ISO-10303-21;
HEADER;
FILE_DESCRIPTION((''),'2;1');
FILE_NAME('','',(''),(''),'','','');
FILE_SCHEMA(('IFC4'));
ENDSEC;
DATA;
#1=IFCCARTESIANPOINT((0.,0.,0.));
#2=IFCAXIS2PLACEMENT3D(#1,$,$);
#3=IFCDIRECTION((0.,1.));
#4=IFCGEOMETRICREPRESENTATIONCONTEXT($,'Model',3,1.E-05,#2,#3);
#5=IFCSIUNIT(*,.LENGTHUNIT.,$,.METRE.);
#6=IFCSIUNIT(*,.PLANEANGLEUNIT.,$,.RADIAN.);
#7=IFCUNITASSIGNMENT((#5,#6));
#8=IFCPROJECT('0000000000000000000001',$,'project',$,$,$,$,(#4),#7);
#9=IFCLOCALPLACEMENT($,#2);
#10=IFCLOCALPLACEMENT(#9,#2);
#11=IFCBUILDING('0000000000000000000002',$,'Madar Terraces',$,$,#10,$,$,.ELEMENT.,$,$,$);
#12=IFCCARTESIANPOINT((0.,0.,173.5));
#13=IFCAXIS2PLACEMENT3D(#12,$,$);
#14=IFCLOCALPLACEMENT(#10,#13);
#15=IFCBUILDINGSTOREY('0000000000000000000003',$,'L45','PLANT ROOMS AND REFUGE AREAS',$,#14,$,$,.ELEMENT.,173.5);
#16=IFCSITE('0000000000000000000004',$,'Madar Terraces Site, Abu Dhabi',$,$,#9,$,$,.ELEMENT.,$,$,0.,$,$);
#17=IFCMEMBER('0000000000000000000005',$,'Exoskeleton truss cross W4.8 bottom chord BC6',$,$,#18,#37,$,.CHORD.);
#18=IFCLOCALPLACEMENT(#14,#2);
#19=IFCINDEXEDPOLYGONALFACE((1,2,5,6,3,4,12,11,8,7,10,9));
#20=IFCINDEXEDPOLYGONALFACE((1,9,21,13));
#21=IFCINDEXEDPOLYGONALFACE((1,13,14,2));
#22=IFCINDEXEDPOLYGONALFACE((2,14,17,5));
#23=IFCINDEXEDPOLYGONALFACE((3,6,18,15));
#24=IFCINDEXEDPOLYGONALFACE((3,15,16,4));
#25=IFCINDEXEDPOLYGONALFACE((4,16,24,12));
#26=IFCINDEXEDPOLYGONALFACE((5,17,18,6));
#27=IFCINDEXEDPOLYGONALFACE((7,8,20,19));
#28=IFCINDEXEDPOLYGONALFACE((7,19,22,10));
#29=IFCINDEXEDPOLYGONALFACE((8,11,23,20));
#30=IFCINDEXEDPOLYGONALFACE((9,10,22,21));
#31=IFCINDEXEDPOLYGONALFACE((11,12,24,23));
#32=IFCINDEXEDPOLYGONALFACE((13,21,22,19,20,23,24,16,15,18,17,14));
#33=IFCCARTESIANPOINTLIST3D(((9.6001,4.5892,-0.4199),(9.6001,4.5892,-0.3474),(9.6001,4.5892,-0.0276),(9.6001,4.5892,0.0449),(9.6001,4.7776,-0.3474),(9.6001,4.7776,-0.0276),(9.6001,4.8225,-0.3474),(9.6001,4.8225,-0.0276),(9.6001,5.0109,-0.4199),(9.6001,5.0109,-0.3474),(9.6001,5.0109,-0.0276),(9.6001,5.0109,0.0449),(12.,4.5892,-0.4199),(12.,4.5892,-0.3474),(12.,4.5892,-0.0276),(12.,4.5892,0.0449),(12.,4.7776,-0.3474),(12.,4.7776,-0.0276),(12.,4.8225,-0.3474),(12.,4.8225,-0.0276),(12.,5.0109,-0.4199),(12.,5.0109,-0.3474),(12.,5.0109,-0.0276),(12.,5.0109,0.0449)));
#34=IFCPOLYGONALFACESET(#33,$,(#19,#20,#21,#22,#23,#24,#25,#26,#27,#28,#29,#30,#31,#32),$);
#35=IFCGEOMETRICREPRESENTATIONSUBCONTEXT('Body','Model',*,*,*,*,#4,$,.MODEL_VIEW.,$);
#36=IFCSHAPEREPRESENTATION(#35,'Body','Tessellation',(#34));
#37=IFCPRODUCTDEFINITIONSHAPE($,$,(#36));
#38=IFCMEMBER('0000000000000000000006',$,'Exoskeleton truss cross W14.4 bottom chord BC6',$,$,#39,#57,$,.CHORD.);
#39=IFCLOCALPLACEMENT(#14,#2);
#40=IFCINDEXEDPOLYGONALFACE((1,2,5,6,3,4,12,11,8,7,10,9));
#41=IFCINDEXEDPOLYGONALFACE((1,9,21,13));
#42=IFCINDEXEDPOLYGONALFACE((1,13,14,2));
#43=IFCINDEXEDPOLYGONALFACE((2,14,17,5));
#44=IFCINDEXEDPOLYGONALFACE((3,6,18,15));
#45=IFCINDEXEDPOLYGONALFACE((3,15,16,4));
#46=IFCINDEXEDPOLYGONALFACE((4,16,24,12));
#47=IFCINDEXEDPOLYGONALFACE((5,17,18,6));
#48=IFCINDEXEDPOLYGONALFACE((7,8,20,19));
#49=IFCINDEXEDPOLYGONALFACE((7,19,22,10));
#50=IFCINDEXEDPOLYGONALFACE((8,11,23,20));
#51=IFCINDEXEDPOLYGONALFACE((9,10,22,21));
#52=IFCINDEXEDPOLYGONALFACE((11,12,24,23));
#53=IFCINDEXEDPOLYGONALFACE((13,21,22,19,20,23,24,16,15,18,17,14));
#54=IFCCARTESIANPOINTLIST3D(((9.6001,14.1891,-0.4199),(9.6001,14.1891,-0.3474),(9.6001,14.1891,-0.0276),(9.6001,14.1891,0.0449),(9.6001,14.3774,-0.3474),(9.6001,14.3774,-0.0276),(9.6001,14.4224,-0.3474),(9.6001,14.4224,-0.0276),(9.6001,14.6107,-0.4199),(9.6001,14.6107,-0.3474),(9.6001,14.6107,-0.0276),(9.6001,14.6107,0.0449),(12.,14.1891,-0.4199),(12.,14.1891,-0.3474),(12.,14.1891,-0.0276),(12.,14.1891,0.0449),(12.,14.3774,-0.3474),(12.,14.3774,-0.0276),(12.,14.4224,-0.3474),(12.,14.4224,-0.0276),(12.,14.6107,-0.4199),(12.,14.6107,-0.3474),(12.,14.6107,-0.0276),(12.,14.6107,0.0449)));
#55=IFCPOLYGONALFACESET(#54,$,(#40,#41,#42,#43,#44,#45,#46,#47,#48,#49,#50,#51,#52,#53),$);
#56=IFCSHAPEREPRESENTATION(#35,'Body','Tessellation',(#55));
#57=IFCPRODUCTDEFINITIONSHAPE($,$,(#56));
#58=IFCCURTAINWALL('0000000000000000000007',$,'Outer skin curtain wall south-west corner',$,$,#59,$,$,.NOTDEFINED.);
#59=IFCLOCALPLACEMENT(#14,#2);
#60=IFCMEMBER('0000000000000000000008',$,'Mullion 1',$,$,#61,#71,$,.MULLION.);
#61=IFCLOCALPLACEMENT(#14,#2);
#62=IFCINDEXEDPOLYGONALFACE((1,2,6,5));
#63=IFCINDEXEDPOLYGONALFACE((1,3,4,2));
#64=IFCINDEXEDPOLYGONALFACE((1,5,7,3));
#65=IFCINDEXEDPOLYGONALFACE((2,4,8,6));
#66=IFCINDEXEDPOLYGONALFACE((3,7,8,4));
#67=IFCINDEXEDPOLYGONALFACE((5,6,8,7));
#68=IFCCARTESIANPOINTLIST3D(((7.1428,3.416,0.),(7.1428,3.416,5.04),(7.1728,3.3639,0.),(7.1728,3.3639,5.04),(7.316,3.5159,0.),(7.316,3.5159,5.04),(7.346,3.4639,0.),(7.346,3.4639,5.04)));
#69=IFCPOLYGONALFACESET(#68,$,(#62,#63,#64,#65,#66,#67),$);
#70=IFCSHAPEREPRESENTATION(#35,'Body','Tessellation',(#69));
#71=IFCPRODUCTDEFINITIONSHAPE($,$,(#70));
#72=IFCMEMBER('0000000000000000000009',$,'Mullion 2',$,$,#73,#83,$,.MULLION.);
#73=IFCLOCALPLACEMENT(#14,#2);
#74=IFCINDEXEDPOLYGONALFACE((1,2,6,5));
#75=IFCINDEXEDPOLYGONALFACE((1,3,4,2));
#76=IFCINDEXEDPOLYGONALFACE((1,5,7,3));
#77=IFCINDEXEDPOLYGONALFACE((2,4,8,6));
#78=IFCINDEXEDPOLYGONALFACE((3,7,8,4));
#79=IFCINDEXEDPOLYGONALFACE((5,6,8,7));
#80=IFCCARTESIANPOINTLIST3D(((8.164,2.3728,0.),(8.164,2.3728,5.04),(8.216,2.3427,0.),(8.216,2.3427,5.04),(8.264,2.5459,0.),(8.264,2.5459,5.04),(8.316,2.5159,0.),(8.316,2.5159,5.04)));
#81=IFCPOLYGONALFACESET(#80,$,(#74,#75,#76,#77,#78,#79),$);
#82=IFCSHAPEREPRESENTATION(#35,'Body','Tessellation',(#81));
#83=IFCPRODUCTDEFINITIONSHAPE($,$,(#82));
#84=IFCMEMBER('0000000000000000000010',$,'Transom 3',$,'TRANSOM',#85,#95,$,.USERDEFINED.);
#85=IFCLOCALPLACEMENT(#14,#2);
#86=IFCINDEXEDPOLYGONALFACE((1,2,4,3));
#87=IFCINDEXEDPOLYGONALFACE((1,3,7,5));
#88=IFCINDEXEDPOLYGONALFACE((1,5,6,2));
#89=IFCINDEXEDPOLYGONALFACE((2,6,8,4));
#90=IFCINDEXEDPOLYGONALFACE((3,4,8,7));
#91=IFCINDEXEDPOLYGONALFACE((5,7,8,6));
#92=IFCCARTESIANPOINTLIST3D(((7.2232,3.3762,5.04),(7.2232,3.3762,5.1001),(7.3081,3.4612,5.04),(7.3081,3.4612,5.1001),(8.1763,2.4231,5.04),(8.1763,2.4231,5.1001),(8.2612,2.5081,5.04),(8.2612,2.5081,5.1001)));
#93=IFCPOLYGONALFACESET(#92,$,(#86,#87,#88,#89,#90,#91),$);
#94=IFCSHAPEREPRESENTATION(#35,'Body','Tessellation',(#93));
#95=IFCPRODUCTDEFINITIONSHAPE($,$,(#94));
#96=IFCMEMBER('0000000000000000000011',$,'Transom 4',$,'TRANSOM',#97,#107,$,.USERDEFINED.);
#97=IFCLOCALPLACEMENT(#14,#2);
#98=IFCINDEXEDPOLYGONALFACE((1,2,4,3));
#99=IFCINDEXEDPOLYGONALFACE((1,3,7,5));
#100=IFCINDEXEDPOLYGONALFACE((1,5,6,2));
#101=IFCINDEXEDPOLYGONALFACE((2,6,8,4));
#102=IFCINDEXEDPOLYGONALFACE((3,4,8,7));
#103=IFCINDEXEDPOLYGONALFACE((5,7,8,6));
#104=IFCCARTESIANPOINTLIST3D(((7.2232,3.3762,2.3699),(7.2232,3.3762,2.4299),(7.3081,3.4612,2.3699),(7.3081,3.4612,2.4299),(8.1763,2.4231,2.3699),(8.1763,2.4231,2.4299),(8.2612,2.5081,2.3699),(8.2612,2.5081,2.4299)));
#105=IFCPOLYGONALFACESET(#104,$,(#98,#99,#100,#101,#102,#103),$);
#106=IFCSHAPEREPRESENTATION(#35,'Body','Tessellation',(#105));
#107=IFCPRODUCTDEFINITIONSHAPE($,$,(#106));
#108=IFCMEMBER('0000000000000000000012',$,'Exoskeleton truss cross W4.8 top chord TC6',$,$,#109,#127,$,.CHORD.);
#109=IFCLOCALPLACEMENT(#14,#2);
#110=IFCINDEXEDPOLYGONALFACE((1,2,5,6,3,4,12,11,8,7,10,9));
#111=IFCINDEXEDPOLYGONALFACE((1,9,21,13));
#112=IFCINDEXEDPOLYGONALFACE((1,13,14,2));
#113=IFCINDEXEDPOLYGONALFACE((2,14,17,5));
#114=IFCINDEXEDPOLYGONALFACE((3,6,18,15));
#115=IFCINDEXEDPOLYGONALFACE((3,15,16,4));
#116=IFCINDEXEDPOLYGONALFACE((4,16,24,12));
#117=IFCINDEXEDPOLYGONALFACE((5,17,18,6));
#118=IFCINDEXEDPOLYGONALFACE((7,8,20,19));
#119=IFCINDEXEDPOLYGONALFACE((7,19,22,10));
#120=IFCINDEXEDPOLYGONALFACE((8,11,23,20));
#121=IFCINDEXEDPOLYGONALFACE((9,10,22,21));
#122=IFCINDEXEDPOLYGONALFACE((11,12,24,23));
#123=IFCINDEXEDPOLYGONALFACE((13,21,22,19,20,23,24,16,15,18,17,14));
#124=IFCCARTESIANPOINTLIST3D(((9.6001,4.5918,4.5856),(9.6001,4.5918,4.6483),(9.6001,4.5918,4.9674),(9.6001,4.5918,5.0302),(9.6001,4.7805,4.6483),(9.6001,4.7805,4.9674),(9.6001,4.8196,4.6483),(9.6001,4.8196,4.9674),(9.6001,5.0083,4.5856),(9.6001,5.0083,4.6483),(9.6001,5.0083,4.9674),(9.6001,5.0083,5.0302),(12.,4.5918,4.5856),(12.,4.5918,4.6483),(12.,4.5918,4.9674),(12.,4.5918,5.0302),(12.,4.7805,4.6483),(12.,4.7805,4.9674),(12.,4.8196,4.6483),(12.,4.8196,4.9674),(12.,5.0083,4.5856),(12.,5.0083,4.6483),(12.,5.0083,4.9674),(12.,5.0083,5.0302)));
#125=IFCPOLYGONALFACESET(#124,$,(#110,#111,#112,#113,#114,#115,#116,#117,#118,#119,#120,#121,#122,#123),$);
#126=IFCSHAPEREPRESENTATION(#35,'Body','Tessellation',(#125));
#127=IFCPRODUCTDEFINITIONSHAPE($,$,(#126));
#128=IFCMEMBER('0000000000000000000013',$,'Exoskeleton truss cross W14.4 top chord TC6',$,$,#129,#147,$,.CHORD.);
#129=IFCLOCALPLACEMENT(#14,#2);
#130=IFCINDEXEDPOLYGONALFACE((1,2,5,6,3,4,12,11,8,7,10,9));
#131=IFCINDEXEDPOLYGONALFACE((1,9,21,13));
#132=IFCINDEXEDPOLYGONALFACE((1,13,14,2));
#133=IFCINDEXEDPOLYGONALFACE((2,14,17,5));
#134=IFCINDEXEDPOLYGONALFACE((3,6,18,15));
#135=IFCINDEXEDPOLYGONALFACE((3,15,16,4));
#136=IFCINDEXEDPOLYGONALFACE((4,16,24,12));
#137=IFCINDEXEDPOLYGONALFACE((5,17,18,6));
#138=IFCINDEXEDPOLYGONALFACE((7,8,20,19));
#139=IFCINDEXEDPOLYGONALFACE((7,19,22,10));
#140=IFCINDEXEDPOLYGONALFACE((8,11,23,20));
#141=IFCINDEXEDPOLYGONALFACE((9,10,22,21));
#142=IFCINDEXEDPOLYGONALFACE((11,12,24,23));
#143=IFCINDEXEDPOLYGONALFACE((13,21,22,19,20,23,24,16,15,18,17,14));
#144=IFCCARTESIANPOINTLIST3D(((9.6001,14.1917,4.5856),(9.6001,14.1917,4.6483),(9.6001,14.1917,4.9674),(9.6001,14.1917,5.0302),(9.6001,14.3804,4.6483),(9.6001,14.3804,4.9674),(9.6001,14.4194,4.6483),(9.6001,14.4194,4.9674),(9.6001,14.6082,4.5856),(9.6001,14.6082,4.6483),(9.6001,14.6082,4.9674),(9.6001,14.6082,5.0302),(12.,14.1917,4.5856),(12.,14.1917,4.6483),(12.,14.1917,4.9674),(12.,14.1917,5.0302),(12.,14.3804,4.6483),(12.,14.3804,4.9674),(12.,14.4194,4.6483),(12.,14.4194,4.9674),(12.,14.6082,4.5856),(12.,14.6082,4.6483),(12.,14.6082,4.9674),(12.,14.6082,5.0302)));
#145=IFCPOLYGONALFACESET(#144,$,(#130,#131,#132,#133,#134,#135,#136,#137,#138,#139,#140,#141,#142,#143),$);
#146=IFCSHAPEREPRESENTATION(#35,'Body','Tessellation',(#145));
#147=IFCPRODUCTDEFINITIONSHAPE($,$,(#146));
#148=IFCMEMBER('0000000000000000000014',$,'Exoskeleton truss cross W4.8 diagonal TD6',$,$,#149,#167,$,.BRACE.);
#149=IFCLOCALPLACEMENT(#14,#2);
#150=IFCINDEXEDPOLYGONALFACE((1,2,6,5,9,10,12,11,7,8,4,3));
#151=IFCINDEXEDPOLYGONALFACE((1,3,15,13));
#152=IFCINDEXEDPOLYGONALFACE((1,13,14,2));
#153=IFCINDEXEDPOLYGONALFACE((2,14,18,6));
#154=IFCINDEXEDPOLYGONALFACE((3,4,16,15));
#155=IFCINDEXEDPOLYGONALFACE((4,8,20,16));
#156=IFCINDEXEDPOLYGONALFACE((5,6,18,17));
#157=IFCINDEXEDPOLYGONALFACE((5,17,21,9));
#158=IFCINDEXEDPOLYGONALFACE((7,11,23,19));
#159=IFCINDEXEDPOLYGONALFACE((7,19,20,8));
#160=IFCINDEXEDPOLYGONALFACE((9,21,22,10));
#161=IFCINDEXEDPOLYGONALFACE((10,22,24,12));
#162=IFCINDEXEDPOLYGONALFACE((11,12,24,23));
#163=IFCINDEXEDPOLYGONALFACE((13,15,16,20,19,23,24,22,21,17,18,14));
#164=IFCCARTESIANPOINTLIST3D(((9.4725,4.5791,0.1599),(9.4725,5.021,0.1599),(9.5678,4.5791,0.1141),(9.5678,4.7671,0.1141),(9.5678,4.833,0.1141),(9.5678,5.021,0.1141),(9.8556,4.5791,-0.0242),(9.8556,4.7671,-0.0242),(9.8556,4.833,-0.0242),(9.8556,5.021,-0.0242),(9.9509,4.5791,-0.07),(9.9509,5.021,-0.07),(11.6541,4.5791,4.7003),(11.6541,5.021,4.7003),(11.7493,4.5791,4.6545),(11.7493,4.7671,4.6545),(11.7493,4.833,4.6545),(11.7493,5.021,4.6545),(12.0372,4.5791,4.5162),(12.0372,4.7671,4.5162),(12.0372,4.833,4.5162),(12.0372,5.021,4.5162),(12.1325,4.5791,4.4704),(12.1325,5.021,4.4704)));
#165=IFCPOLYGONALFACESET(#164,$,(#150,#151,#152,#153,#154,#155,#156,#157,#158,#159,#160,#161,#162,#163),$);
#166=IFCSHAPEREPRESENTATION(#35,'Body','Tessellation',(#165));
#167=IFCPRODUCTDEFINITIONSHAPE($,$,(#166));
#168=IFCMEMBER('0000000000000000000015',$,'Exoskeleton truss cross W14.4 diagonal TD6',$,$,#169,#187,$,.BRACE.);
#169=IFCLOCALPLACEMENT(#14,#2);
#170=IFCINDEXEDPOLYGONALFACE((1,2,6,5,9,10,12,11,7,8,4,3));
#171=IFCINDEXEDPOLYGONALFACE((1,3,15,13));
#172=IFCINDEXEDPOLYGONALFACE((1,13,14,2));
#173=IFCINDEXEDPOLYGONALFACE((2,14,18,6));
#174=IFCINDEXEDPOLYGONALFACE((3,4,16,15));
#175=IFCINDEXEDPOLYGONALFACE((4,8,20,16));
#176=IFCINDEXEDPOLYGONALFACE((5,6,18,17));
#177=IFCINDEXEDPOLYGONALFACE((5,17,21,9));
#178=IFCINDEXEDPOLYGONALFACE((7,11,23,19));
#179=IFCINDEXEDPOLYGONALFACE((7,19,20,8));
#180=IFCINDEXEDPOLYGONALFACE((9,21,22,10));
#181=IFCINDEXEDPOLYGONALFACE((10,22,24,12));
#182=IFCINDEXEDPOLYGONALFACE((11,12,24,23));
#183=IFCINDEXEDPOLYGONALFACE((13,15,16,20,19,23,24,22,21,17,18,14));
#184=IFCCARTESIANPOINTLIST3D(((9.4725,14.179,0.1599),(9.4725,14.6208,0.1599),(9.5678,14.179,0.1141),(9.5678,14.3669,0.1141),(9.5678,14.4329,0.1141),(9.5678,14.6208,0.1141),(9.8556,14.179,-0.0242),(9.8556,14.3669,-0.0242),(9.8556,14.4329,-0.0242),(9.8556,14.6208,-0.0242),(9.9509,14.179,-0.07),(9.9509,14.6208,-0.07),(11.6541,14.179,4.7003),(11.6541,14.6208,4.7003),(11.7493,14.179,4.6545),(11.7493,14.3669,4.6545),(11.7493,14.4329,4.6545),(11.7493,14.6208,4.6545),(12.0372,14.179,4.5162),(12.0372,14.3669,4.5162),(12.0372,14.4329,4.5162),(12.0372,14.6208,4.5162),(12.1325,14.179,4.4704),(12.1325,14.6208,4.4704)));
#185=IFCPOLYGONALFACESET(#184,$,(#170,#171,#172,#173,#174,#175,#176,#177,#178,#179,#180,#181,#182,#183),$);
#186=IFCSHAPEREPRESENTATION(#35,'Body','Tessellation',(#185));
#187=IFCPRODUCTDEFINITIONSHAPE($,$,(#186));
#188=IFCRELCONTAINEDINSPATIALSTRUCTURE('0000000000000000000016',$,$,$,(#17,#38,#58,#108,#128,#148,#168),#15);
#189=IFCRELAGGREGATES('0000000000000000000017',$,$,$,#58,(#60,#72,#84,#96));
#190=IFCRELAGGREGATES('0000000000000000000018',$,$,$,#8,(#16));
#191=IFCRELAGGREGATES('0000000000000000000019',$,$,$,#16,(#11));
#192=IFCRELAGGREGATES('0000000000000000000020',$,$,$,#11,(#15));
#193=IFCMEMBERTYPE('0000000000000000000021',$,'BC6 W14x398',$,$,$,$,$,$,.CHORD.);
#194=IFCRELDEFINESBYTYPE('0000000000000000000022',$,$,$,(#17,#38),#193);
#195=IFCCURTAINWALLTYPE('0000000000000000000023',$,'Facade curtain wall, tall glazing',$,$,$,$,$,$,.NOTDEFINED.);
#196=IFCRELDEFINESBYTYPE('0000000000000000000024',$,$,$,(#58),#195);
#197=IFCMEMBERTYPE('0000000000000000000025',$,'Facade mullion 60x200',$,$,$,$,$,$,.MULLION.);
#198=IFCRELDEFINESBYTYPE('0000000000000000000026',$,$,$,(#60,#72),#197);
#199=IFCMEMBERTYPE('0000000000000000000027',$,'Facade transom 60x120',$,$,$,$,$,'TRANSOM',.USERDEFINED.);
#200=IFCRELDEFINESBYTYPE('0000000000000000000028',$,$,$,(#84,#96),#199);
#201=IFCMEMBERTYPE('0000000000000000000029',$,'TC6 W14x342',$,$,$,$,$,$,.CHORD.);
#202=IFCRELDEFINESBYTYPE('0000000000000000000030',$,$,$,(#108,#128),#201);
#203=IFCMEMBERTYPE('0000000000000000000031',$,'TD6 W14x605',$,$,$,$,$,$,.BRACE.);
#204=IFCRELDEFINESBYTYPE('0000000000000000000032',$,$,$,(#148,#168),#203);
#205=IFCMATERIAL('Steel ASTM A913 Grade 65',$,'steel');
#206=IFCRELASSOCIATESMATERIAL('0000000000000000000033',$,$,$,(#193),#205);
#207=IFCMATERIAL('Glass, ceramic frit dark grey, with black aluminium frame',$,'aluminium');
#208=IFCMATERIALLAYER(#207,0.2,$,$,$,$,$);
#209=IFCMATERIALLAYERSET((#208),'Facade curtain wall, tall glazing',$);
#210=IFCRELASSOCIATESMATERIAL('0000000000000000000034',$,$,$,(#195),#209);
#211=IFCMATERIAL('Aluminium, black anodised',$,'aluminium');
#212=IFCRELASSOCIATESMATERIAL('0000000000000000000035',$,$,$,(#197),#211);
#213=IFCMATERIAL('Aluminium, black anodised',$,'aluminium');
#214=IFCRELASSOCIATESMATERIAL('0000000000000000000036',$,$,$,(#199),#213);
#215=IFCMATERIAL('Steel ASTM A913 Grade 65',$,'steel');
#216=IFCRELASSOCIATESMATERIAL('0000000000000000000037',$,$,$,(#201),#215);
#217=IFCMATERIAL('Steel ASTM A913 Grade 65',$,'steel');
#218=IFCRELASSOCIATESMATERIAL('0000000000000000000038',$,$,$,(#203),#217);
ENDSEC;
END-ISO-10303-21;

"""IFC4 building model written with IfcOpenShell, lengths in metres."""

from ifc_helpers import new_model, si_unit, direction, frame, origin, origin_2d, place, context, subcontext, project, spatial, rectangle, i_section, extrude, material, layer, layer_set, material_profile, profile_set, type_object, element, aggregate, save


model = new_model("IFC4")

# Units and contexts
model_context = context("Model", 3, precision=1e-05, world=origin(), true_north=direction((0.0, 1.0)))
body_context = subcontext(model_context, "Body", "Model", "MODEL_VIEW")
ifc_project = project(units=[si_unit("LENGTHUNIT", "METRE"), si_unit("PLANEANGLEUNIT", "RADIAN")], contexts=[model_context])

# Site, building, storey
site_placement = place(None, origin())
site = spatial("IfcSite", under=ifc_project, at=site_placement, Name="Madar Terraces Site, Abu Dhabi", CompositionType="ELEMENT", RefElevation=0.0)
building_placement = place(site_placement, origin())
building = spatial("IfcBuilding", under=site, at=building_placement, Name="Madar Terraces", CompositionType="ELEMENT")
storey_placement = place(building_placement, frame((0.0, 0.0, 173.5)))
storey = spatial("IfcBuildingStorey", under=building, at=storey_placement, Name="L45", Description="PLANT ROOMS AND REFUGE AREAS", CompositionType="ELEMENT", Elevation=173.5)

# Members
ifc_material_1 = material(Name="Steel ASTM A913 Grade 65", Category="steel")
ifc_material_profile_1 = material_profile(ifc_material_1, i_section(OverallWidth=0.4216, OverallDepth=0.4648, WebThickness=0.0449, FlangeThickness=0.0725, at=origin_2d()), Name="W14x398")
ifc_profile_set_1 = profile_set([ifc_material_profile_1], Name="Steel ASTM A913 Grade 65")
member_type_1 = type_object("IfcMemberType", Name="BC6 W14x398", PredefinedType="CHORD", material=ifc_profile_set_1)
for number, where, z_axis, x_axis, name in (
    (1, (9.6001, 4.8, -0.1875), (1.0, 0.0, 0.0), (0.0, 1.0, 0.0), "Exoskeleton truss cross W4.8 bottom chord BC6"),
    (2, (9.6001, 14.3999, -0.1875), (1.0, 0.0, 0.0), (0.0, 1.0, 0.0), "Exoskeleton truss cross W14.4 bottom chord BC6"),
):
    element("IfcMember", number, at=place(storey_placement, frame(where, z_axis=z_axis, x_axis=x_axis)), inside=storey, type_object=member_type_1, Name=name, PredefinedType="CHORD", context=body_context, shape_type="SweptSolid", body=[
        extrude(i_section(OverallWidth=0.4216, OverallDepth=0.4648, WebThickness=0.0449, FlangeThickness=0.0725, at=origin_2d()), origin(), (0.0, 0.0, 1.0), 2.3999),
    ])

# Curtain wall, members
ifc_material_2 = material(Name="Glass, ceramic frit dark grey, with black aluminium frame", Category="aluminium")
ifc_layer_1 = layer(ifc_material_2, 0.2)
ifc_layer_set_1 = layer_set([ifc_layer_1], Name="Facade curtain wall, tall glazing")
curtain_wall_type = type_object("IfcCurtainWallType", Name="Facade curtain wall, tall glazing", PredefinedType="NOTDEFINED", material=ifc_layer_set_1)
curtain_wall_placement = place(storey_placement, origin())
curtain_wall = element("IfcCurtainWall", 3, at=curtain_wall_placement, inside=storey, type_object=curtain_wall_type, Name="Outer skin curtain wall south-west corner", PredefinedType="NOTDEFINED")
ifc_material_3 = material(Name="Aluminium, black anodised", Category="aluminium")
ifc_material_profile_2 = material_profile(ifc_material_3, rectangle(XDim=0.2, YDim=0.0601, at=origin_2d()), Name="Facade mullion 60x200")
ifc_profile_set_2 = profile_set([ifc_material_profile_2], Name="Aluminium, black anodised")
member_type_2 = type_object("IfcMemberType", Name="Facade mullion 60x200", PredefinedType="MULLION", material=ifc_profile_set_2)
member_1_placement = place(storey_placement, frame((7.2444, 3.4399, 0.0), z_axis=(0.0, 0.0, 1.0), x_axis=(0.866025, 0.5, 0.0)))
member_1 = element("IfcMember", 4, at=member_1_placement, type_object=member_type_2, Name="Mullion 1", PredefinedType="MULLION", context=body_context, shape_type="SweptSolid", body=[
    extrude(rectangle(XDim=0.2, YDim=0.0601, at=origin_2d()), origin(), (0.0, 0.0, 1.0), 5.04),
])
member_2_placement = place(storey_placement, frame((8.24, 2.4443, 0.0), z_axis=(0.0, 0.0, 1.0), x_axis=(0.5, 0.866025, 0.0)))
member_2 = element("IfcMember", 5, at=member_2_placement, type_object=member_type_2, Name="Mullion 2", PredefinedType="MULLION", context=body_context, shape_type="SweptSolid", body=[
    extrude(rectangle(XDim=0.2, YDim=0.0601, at=origin_2d()), origin(), (0.0, 0.0, 1.0), 5.04),
])
ifc_material_4 = material(Name="Aluminium, black anodised", Category="aluminium")
ifc_material_profile_3 = material_profile(ifc_material_4, rectangle(XDim=0.1201, YDim=0.0601, at=origin_2d()), Name="Facade transom 60x120")
ifc_profile_set_3 = profile_set([ifc_material_profile_3], Name="Aluminium, black anodised")
member_type_3 = type_object("IfcMemberType", Name="Facade transom 60x120", ElementType="TRANSOM", PredefinedType="USERDEFINED", material=ifc_profile_set_3)
member_3_placement = place(storey_placement, frame((7.2656, 3.4187, 5.0701), z_axis=(0.707107, -0.707107, 0.0), x_axis=(0.707107, 0.707107, 0.0)))
member_3 = element("IfcMember", 6, at=member_3_placement, type_object=member_type_3, Name="Transom 3", ObjectType="TRANSOM", PredefinedType="USERDEFINED", context=body_context, shape_type="SweptSolid", body=[
    extrude(rectangle(XDim=0.1201, YDim=0.0601, at=origin_2d()), origin(), (0.0, 0.0, 1.0), 1.3479),
])
member_4_placement = place(storey_placement, frame((7.2656, 3.4187, 2.3999), z_axis=(0.707107, -0.707107, 0.0), x_axis=(0.707107, 0.707107, 0.0)))
member_4 = element("IfcMember", 7, at=member_4_placement, type_object=member_type_3, Name="Transom 4", ObjectType="TRANSOM", PredefinedType="USERDEFINED", context=body_context, shape_type="SweptSolid", body=[
    extrude(rectangle(XDim=0.1201, YDim=0.0601, at=origin_2d()), origin(), (0.0, 0.0, 1.0), 1.3479),
])

# Members
ifc_material_5 = material(Name="Steel ASTM A913 Grade 65", Category="steel")
ifc_material_profile_4 = material_profile(ifc_material_5, i_section(OverallWidth=0.4165, OverallDepth=0.4446, WebThickness=0.0391, FlangeThickness=0.0627, at=origin_2d()), Name="W14x342")
ifc_profile_set_4 = profile_set([ifc_material_profile_4], Name="Steel ASTM A913 Grade 65")
member_type_4 = type_object("IfcMemberType", Name="TC6 W14x342", PredefinedType="CHORD", material=ifc_profile_set_4)
for number, where, z_axis, x_axis, name in (
    (8, (9.6001, 4.8, 4.8079), (1.0, 0.0, 0.0), (0.0, 1.0, 0.0), "Exoskeleton truss cross W4.8 top chord TC6"),
    (9, (9.6001, 14.3999, 4.8079), (1.0, 0.0, 0.0), (0.0, 1.0, 0.0), "Exoskeleton truss cross W14.4 top chord TC6"),
):
    element("IfcMember", number, at=place(storey_placement, frame(where, z_axis=z_axis, x_axis=x_axis)), inside=storey, type_object=member_type_4, Name=name, PredefinedType="CHORD", context=body_context, shape_type="SweptSolid", body=[
        extrude(i_section(OverallWidth=0.4165, OverallDepth=0.4446, WebThickness=0.0391, FlangeThickness=0.0627, at=origin_2d()), origin(), (0.0, 0.0, 1.0), 2.3999),
    ])
ifc_material_6 = material(Name="Steel ASTM A913 Grade 65", Category="steel")
ifc_material_profile_5 = material_profile(ifc_material_6, i_section(OverallWidth=0.4419, OverallDepth=0.5308, WebThickness=0.0659, FlangeThickness=0.1057, at=origin_2d()), Name="W14x605")
ifc_profile_set_5 = profile_set([ifc_material_profile_5], Name="Steel ASTM A913 Grade 65")
member_type_5 = type_object("IfcMemberType", Name="TD6 W14x605", PredefinedType="BRACE", material=ifc_profile_set_5)
for number, where, z_axis, x_axis, name in (
    (10, (9.7117, 4.8, 0.0449), (0.433084, 0.0, 0.901354), (0.0, 1.0, 0.0), "Exoskeleton truss cross W4.8 diagonal TD6"),
    (11, (9.7117, 14.3999, 0.0449), (0.433084, 0.0, 0.901354), (0.0, 1.0, 0.0), "Exoskeleton truss cross W14.4 diagonal TD6"),
):
    element("IfcMember", number, at=place(storey_placement, frame(where, z_axis=z_axis, x_axis=x_axis)), inside=storey, type_object=member_type_5, Name=name, PredefinedType="BRACE", context=body_context, shape_type="SweptSolid", body=[
        extrude(i_section(OverallWidth=0.4419, OverallDepth=0.5308, WebThickness=0.0659, FlangeThickness=0.1057, at=origin_2d()), origin(), (0.0, 0.0, 1.0), 5.0374),
    ])

aggregate(curtain_wall, [member_1, member_2, member_3, member_4])

save(model, "model.ifc")
